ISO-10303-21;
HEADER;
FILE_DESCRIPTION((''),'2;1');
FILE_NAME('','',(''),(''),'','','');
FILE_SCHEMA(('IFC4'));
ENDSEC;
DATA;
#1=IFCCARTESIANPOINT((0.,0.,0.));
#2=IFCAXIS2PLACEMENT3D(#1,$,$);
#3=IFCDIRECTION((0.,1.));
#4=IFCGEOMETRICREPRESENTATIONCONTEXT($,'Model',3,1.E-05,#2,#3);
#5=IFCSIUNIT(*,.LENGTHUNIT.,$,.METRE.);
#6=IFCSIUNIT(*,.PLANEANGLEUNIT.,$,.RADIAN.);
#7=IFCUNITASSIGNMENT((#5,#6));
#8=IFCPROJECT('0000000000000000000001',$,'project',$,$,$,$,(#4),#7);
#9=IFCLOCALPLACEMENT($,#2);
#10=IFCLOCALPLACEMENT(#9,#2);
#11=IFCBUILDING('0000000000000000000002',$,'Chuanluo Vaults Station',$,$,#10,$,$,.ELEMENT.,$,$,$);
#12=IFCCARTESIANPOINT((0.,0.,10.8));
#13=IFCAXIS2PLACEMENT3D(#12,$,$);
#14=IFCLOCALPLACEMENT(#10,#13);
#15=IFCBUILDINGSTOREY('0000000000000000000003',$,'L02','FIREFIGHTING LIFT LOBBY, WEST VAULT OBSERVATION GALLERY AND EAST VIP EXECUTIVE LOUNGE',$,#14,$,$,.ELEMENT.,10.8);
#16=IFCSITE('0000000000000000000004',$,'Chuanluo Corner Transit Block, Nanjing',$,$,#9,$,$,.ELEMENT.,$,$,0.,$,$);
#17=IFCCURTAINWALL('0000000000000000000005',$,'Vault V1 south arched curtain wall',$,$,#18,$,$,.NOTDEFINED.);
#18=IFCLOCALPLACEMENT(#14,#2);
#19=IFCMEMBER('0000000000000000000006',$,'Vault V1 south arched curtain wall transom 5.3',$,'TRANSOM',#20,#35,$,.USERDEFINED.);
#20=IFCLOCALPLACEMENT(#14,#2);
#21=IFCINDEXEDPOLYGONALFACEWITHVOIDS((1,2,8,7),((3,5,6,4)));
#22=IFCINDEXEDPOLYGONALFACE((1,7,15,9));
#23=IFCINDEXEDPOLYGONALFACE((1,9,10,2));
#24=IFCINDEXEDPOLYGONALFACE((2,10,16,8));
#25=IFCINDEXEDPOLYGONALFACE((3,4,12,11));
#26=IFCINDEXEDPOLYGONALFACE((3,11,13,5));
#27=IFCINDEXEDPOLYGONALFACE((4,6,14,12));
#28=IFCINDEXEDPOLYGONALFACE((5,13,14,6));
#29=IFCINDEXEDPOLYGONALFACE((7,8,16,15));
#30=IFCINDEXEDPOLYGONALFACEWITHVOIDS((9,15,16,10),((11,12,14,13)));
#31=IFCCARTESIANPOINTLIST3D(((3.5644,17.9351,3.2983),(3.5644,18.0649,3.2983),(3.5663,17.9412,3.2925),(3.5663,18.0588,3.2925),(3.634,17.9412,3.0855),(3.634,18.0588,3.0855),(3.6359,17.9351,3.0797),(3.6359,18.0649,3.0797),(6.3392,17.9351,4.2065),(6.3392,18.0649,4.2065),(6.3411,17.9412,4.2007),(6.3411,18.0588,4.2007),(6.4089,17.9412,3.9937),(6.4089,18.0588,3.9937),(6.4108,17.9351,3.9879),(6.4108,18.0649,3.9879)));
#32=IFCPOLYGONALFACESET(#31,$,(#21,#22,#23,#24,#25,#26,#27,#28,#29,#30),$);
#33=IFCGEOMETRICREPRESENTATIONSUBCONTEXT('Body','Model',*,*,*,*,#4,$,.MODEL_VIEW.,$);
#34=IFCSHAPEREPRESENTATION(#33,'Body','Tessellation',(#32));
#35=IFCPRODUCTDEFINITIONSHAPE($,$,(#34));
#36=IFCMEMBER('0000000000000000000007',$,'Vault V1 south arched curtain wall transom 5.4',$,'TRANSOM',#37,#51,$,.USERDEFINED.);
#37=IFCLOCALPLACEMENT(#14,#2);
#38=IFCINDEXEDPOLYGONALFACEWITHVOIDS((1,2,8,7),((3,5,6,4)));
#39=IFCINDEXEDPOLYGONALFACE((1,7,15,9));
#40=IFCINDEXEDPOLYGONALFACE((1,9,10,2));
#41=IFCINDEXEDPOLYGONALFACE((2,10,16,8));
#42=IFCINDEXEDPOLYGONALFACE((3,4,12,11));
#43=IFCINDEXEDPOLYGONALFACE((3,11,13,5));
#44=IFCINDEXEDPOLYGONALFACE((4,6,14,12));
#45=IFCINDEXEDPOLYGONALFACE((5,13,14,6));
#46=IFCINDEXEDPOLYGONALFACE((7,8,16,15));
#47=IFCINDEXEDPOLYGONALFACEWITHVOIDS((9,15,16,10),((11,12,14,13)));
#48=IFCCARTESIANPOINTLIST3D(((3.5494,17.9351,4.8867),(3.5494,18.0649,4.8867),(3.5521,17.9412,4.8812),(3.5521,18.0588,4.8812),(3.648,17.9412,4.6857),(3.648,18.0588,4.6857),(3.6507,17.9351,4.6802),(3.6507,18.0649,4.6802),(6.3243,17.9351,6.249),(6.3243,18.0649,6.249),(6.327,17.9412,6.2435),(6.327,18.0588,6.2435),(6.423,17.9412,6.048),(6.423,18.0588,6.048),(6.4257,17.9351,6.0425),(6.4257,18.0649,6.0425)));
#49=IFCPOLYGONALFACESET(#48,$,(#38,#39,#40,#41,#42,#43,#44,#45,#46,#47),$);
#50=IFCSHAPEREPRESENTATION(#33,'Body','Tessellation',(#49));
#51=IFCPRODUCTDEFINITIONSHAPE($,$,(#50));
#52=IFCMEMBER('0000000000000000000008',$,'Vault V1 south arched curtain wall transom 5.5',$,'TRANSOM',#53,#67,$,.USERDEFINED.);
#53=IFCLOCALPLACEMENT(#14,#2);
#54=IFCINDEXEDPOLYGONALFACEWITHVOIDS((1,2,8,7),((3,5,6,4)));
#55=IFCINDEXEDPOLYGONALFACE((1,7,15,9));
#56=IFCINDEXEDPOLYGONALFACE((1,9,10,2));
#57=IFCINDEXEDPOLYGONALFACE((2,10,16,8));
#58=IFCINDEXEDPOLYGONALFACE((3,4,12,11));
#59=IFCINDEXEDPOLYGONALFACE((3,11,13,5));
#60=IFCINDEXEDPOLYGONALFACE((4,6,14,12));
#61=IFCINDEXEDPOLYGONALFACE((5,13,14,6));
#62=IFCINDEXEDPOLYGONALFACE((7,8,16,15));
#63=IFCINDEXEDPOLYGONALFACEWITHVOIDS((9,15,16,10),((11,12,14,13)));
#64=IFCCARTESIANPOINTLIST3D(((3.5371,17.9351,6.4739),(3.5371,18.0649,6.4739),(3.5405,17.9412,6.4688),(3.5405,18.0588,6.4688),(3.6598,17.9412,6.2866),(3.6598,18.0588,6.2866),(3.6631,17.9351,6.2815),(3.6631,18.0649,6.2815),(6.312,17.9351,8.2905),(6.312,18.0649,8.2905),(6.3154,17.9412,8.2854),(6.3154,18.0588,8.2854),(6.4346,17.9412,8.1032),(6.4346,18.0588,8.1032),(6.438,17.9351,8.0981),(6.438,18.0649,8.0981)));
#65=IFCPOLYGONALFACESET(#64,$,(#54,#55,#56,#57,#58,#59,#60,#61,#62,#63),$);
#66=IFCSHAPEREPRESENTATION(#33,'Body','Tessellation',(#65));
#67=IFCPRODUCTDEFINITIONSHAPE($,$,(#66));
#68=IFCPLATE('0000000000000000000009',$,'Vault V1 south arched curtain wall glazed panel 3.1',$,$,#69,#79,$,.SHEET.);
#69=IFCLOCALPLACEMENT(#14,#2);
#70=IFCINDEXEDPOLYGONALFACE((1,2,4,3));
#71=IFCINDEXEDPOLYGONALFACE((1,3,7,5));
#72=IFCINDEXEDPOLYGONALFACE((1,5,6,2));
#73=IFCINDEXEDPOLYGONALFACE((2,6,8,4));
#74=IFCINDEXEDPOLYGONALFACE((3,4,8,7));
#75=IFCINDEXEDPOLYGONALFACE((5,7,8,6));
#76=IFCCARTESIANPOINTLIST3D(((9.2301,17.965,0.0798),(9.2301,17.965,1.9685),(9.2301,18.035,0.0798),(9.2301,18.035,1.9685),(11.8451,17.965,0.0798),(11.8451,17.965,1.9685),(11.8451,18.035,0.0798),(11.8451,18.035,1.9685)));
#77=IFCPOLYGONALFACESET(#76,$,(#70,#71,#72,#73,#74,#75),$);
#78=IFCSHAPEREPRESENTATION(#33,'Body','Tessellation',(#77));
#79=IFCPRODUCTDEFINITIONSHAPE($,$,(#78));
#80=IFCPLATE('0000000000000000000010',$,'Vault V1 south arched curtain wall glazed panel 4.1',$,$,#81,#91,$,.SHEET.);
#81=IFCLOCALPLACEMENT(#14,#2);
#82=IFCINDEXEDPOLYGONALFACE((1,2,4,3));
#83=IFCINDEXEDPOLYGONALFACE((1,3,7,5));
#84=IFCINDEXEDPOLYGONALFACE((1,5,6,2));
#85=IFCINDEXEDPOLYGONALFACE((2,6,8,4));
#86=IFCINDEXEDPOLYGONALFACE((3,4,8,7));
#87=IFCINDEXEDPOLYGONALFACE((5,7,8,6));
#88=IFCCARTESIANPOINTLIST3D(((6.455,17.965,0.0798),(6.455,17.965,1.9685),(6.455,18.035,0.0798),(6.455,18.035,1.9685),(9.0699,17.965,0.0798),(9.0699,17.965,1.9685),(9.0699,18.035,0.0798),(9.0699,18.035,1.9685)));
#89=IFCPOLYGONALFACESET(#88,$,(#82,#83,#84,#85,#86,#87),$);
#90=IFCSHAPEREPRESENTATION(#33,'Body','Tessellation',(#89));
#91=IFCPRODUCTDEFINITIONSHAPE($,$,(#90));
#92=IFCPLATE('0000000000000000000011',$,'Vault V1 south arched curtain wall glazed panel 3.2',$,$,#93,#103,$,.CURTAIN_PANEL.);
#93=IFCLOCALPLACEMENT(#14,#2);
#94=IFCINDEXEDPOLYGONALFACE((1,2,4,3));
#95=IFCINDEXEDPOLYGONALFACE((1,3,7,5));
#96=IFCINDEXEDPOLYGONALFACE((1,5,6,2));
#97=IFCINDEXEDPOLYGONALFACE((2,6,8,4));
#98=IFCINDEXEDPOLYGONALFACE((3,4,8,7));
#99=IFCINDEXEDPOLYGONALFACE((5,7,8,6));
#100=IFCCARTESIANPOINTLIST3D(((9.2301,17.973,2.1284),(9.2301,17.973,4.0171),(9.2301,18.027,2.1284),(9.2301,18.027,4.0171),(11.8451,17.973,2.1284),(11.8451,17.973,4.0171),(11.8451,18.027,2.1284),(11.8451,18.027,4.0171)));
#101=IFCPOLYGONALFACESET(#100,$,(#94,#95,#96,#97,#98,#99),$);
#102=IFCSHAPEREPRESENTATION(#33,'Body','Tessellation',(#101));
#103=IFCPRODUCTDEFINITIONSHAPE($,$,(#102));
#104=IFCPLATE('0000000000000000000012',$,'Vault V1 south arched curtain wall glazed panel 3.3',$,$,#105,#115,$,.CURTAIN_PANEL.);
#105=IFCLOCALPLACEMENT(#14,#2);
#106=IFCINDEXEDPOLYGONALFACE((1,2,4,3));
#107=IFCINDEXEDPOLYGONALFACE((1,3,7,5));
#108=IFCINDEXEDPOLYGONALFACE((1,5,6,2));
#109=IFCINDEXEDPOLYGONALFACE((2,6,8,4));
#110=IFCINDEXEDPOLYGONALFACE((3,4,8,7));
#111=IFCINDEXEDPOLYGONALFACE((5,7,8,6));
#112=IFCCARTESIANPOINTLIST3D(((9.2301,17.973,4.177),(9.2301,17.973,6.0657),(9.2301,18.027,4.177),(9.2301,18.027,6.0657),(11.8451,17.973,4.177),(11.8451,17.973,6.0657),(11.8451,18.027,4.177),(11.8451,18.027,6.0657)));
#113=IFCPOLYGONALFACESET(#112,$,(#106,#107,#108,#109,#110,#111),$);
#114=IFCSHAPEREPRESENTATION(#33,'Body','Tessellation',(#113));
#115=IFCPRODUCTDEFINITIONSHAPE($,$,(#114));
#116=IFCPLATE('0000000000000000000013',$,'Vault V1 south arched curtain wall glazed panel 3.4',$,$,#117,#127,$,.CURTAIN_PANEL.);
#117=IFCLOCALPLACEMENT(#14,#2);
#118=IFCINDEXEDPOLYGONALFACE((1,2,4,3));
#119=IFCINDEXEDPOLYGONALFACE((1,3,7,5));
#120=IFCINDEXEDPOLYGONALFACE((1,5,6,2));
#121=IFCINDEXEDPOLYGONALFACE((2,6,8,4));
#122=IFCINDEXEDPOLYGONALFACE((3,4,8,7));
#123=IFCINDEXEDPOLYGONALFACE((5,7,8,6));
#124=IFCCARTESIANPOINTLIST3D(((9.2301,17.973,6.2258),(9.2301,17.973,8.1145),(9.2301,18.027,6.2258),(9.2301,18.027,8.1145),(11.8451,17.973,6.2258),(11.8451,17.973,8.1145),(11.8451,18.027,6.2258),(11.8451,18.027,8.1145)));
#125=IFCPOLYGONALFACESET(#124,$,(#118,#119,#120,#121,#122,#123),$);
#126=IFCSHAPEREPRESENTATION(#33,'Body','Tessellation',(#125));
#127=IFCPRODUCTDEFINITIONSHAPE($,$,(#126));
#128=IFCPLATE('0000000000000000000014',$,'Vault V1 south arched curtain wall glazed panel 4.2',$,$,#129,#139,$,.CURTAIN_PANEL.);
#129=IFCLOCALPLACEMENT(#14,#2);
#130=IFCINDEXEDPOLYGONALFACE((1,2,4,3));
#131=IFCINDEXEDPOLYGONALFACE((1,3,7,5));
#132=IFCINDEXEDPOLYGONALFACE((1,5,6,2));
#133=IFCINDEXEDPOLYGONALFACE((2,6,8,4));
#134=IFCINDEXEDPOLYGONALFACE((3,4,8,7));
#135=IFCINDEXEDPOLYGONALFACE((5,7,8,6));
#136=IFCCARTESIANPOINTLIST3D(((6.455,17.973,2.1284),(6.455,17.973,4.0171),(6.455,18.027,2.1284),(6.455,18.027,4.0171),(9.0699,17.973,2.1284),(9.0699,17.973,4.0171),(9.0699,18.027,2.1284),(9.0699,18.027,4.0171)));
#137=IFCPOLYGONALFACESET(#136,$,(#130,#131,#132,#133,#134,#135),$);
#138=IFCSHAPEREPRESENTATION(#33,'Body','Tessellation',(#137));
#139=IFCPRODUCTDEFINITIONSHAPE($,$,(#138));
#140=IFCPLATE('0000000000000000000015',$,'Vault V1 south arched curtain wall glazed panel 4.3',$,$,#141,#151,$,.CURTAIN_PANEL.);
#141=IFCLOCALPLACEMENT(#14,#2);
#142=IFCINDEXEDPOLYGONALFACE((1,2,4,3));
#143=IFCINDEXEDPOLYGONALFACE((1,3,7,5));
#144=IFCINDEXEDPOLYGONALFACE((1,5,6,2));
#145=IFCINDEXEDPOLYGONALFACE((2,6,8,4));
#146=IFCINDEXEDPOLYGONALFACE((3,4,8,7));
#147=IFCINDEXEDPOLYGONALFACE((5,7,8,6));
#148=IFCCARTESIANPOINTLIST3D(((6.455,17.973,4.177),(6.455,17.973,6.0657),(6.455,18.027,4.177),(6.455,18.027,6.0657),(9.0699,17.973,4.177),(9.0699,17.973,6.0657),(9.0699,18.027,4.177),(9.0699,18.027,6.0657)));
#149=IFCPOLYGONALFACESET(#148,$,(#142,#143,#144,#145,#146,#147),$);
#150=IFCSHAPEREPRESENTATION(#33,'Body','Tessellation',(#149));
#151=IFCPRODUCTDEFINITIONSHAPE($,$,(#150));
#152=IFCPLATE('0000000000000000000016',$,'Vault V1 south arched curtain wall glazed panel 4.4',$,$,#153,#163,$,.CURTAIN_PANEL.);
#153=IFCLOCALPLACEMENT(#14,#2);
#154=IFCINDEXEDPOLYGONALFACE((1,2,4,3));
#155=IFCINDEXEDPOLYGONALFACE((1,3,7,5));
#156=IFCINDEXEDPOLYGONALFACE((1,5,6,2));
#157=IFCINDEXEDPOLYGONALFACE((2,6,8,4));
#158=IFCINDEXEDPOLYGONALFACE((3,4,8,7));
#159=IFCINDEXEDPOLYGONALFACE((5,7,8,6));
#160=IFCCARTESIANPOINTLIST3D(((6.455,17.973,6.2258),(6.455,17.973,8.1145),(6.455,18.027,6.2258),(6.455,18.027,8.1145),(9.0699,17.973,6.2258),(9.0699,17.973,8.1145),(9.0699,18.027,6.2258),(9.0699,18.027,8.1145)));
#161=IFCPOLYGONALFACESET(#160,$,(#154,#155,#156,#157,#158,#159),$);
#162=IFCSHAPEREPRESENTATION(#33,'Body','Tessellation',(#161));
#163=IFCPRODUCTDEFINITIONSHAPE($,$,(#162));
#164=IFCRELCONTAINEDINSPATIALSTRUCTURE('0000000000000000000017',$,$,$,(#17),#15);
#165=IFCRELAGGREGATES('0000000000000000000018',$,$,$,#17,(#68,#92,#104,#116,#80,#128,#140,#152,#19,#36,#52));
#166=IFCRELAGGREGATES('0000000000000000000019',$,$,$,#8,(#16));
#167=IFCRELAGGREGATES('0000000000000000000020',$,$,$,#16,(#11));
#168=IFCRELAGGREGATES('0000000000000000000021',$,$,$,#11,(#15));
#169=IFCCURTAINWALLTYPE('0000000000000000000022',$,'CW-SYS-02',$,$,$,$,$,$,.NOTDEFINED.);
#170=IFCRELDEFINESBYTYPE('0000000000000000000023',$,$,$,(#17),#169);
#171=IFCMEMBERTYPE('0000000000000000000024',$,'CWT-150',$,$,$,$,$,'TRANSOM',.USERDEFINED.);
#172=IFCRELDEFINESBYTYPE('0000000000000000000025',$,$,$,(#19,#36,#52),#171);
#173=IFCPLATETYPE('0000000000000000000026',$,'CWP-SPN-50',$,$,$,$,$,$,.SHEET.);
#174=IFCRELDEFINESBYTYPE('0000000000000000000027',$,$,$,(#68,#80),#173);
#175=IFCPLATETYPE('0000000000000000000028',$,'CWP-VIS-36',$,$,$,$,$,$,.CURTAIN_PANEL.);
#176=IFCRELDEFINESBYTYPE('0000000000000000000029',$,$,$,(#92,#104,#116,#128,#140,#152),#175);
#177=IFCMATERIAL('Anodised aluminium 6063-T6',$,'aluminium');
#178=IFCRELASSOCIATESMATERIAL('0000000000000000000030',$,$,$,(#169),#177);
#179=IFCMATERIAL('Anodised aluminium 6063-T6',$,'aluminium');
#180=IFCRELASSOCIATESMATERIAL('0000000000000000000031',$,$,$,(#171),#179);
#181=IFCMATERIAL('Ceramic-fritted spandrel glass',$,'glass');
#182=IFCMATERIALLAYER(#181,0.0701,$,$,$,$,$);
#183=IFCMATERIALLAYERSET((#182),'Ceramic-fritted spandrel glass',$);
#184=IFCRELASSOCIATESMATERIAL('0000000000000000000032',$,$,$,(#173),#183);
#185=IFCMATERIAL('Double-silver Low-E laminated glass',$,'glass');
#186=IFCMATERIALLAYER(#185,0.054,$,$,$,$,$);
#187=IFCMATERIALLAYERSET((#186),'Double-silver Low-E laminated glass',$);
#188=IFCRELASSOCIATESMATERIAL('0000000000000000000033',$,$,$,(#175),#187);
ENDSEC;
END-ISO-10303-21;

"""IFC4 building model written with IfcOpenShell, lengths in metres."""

from ifc_helpers import new_model, si_unit, direction, frame, origin, origin_2d, place, context, subcontext, project, spatial, rectangle, hollow_rectangle, extrude, material, layer, layer_set, material_profile, profile_set, type_object, element, aggregate, save


model = new_model("IFC4")

# Units and contexts
model_context = context("Model", 3, precision=1e-05, world=origin(), true_north=direction((0.0, 1.0)))
body_context = subcontext(model_context, "Body", "Model", "MODEL_VIEW")
ifc_project = project(units=[si_unit("LENGTHUNIT", "METRE"), si_unit("PLANEANGLEUNIT", "RADIAN")], contexts=[model_context])

# Site, building, storey
site_placement = place(None, origin())
site = spatial("IfcSite", under=ifc_project, at=site_placement, Name="Chuanluo Corner Transit Block, Nanjing", CompositionType="ELEMENT", RefElevation=0.0)
building_placement = place(site_placement, origin())
building = spatial("IfcBuilding", under=site, at=building_placement, Name="Chuanluo Vaults Station", CompositionType="ELEMENT")
storey_placement = place(building_placement, frame((0.0, 0.0, 10.8)))
storey = spatial("IfcBuildingStorey", under=building, at=storey_placement, Name="L02", Description="FIREFIGHTING LIFT LOBBY, WEST VAULT OBSERVATION GALLERY AND EAST VIP EXECUTIVE LOUNGE", CompositionType="ELEMENT", Elevation=10.8)

# Curtain wall, members, plates
ifc_material_1 = material(Name="Anodised aluminium 6063-T6", Category="aluminium")
curtain_wall_type = type_object("IfcCurtainWallType", Name="CW-SYS-02", PredefinedType="NOTDEFINED", material=ifc_material_1)
curtain_wall_placement = place(storey_placement, origin())
curtain_wall = element("IfcCurtainWall", 1, at=curtain_wall_placement, inside=storey, type_object=curtain_wall_type, Name="Vault V1 south arched curtain wall", PredefinedType="NOTDEFINED")
ifc_material_2 = material(Name="Anodised aluminium 6063-T6", Category="aluminium")
ifc_material_profile_1 = material_profile(ifc_material_2, hollow_rectangle(XDim=0.1299, YDim=0.23, WallThickness=0.0061, at=origin_2d()))
ifc_profile_set_1 = profile_set([ifc_material_profile_1], Name="Anodised aluminium 6063-T6")
member_type_1 = type_object("IfcMemberType", Name="CWT-150", ElementType="TRANSOM", PredefinedType="USERDEFINED", material=ifc_profile_set_1)
member_1_placement = place(storey_placement, frame((6.375, 18.0, 4.0972), z_axis=(-0.950392, 0.0, -0.311056), x_axis=(0.0, -1.0, 0.0)))
member_1 = element("IfcMember", 2, at=member_1_placement, type_object=member_type_1, Name="Vault V1 south arched curtain wall transom 5.3", ObjectType="TRANSOM", PredefinedType="USERDEFINED", context=body_context, shape_type="SweptSolid", body=[
    extrude(hollow_rectangle(XDim=0.1299, YDim=0.23, WallThickness=0.0061, at=origin_2d()), origin(), (0.0, 0.0, 1.0), 2.9197),
])
member_2_placement = place(storey_placement, frame((6.375, 18.0, 6.1458), z_axis=(-0.897657, 0.0, -0.440694), x_axis=(0.0, -1.0, 0.0)))
member_2 = element("IfcMember", 3, at=member_2_placement, type_object=member_type_1, Name="Vault V1 south arched curtain wall transom 5.4", ObjectType="TRANSOM", PredefinedType="USERDEFINED", context=body_context, shape_type="SweptSolid", body=[
    extrude(hollow_rectangle(XDim=0.1299, YDim=0.23, WallThickness=0.0061, at=origin_2d()), origin(), (0.0, 0.0, 1.0), 3.0913),
])
member_3_placement = place(storey_placement, frame((6.375, 18.0, 8.1943), z_axis=(-0.836653, 0.0, -0.547733), x_axis=(0.0, -1.0, 0.0)))
member_3 = element("IfcMember", 4, at=member_3_placement, type_object=member_type_1, Name="Vault V1 south arched curtain wall transom 5.5", ObjectType="TRANSOM", PredefinedType="USERDEFINED", context=body_context, shape_type="SweptSolid", body=[
    extrude(hollow_rectangle(XDim=0.1299, YDim=0.23, WallThickness=0.0061, at=origin_2d()), origin(), (0.0, 0.0, 1.0), 3.3167),
])
ifc_material_3 = material(Name="Ceramic-fritted spandrel glass", Category="glass")
ifc_layer_1 = layer(ifc_material_3, 0.0701)
ifc_layer_set_1 = layer_set([ifc_layer_1], Name="Ceramic-fritted spandrel glass")
plate_type_1 = type_object("IfcPlateType", Name="CWP-SPN-50", PredefinedType="SHEET", material=ifc_layer_set_1)
plate_1_placement = place(storey_placement, frame((10.5376, 18.0, 0.0798), z_axis=(0.0, 0.0, 1.0), x_axis=(-1.0, 0.0, 0.0)))
plate_1 = element("IfcPlate", 5, at=plate_1_placement, type_object=plate_type_1, Name="Vault V1 south arched curtain wall glazed panel 3.1", PredefinedType="SHEET", context=body_context, shape_type="SweptSolid", body=[
    extrude(rectangle(XDim=2.615, YDim=0.0701, at=origin_2d()), origin(), (0.0, 0.0, 1.0), 1.8887),
])
plate_2_placement = place(storey_placement, frame((7.7625, 18.0, 0.0798), z_axis=(0.0, 0.0, 1.0), x_axis=(-1.0, 0.0, 0.0)))
plate_2 = element("IfcPlate", 6, at=plate_2_placement, type_object=plate_type_1, Name="Vault V1 south arched curtain wall glazed panel 4.1", PredefinedType="SHEET", context=body_context, shape_type="SweptSolid", body=[
    extrude(rectangle(XDim=2.615, YDim=0.0701, at=origin_2d()), origin(), (0.0, 0.0, 1.0), 1.8887),
])
ifc_material_4 = material(Name="Double-silver Low-E laminated glass", Category="glass")
ifc_layer_2 = layer(ifc_material_4, 0.054)
ifc_layer_set_2 = layer_set([ifc_layer_2], Name="Double-silver Low-E laminated glass")
plate_type_2 = type_object("IfcPlateType", Name="CWP-VIS-36", PredefinedType="CURTAIN_PANEL", material=ifc_layer_set_2)
plate_3_placement = place(storey_placement, frame((10.5376, 18.0, 2.1284), z_axis=(0.0, 0.0, 1.0), x_axis=(-1.0, 0.0, 0.0)))
plate_3 = element("IfcPlate", 7, at=plate_3_placement, type_object=plate_type_2, Name="Vault V1 south arched curtain wall glazed panel 3.2", PredefinedType="CURTAIN_PANEL", context=body_context, shape_type="SweptSolid", body=[
    extrude(rectangle(XDim=2.615, YDim=0.054, at=origin_2d()), origin(), (0.0, 0.0, 1.0), 1.8887),
])
plate_4_placement = place(storey_placement, frame((10.5376, 18.0, 4.177), z_axis=(0.0, 0.0, 1.0), x_axis=(-1.0, 0.0, 0.0)))
plate_4 = element("IfcPlate", 8, at=plate_4_placement, type_object=plate_type_2, Name="Vault V1 south arched curtain wall glazed panel 3.3", PredefinedType="CURTAIN_PANEL", context=body_context, shape_type="SweptSolid", body=[
    extrude(rectangle(XDim=2.615, YDim=0.054, at=origin_2d()), origin(), (0.0, 0.0, 1.0), 1.8887),
])
plate_5_placement = place(storey_placement, frame((10.5376, 18.0, 6.2258), z_axis=(0.0, 0.0, 1.0), x_axis=(-1.0, 0.0, 0.0)))
plate_5 = element("IfcPlate", 9, at=plate_5_placement, type_object=plate_type_2, Name="Vault V1 south arched curtain wall glazed panel 3.4", PredefinedType="CURTAIN_PANEL", context=body_context, shape_type="SweptSolid", body=[
    extrude(rectangle(XDim=2.615, YDim=0.054, at=origin_2d()), origin(), (0.0, 0.0, 1.0), 1.8887),
])
plate_6_placement = place(storey_placement, frame((7.7625, 18.0, 2.1284), z_axis=(0.0, 0.0, 1.0), x_axis=(-1.0, 0.0, 0.0)))
plate_6 = element("IfcPlate", 10, at=plate_6_placement, type_object=plate_type_2, Name="Vault V1 south arched curtain wall glazed panel 4.2", PredefinedType="CURTAIN_PANEL", context=body_context, shape_type="SweptSolid", body=[
    extrude(rectangle(XDim=2.615, YDim=0.054, at=origin_2d()), origin(), (0.0, 0.0, 1.0), 1.8887),
])
plate_7_placement = place(storey_placement, frame((7.7625, 18.0, 4.177), z_axis=(0.0, 0.0, 1.0), x_axis=(-1.0, 0.0, 0.0)))
plate_7 = element("IfcPlate", 11, at=plate_7_placement, type_object=plate_type_2, Name="Vault V1 south arched curtain wall glazed panel 4.3", PredefinedType="CURTAIN_PANEL", context=body_context, shape_type="SweptSolid", body=[
    extrude(rectangle(XDim=2.615, YDim=0.054, at=origin_2d()), origin(), (0.0, 0.0, 1.0), 1.8887),
])
plate_8_placement = place(storey_placement, frame((7.7625, 18.0, 6.2258), z_axis=(0.0, 0.0, 1.0), x_axis=(-1.0, 0.0, 0.0)))
plate_8 = element("IfcPlate", 12, at=plate_8_placement, type_object=plate_type_2, Name="Vault V1 south arched curtain wall glazed panel 4.4", PredefinedType="CURTAIN_PANEL", context=body_context, shape_type="SweptSolid", body=[
    extrude(rectangle(XDim=2.615, YDim=0.054, at=origin_2d()), origin(), (0.0, 0.0, 1.0), 1.8887),
])
aggregate(curtain_wall, [plate_1, plate_3, plate_4, plate_5, plate_2, plate_6, plate_7, plate_8, member_1, member_2, member_3])

save(model, "model.ifc")
